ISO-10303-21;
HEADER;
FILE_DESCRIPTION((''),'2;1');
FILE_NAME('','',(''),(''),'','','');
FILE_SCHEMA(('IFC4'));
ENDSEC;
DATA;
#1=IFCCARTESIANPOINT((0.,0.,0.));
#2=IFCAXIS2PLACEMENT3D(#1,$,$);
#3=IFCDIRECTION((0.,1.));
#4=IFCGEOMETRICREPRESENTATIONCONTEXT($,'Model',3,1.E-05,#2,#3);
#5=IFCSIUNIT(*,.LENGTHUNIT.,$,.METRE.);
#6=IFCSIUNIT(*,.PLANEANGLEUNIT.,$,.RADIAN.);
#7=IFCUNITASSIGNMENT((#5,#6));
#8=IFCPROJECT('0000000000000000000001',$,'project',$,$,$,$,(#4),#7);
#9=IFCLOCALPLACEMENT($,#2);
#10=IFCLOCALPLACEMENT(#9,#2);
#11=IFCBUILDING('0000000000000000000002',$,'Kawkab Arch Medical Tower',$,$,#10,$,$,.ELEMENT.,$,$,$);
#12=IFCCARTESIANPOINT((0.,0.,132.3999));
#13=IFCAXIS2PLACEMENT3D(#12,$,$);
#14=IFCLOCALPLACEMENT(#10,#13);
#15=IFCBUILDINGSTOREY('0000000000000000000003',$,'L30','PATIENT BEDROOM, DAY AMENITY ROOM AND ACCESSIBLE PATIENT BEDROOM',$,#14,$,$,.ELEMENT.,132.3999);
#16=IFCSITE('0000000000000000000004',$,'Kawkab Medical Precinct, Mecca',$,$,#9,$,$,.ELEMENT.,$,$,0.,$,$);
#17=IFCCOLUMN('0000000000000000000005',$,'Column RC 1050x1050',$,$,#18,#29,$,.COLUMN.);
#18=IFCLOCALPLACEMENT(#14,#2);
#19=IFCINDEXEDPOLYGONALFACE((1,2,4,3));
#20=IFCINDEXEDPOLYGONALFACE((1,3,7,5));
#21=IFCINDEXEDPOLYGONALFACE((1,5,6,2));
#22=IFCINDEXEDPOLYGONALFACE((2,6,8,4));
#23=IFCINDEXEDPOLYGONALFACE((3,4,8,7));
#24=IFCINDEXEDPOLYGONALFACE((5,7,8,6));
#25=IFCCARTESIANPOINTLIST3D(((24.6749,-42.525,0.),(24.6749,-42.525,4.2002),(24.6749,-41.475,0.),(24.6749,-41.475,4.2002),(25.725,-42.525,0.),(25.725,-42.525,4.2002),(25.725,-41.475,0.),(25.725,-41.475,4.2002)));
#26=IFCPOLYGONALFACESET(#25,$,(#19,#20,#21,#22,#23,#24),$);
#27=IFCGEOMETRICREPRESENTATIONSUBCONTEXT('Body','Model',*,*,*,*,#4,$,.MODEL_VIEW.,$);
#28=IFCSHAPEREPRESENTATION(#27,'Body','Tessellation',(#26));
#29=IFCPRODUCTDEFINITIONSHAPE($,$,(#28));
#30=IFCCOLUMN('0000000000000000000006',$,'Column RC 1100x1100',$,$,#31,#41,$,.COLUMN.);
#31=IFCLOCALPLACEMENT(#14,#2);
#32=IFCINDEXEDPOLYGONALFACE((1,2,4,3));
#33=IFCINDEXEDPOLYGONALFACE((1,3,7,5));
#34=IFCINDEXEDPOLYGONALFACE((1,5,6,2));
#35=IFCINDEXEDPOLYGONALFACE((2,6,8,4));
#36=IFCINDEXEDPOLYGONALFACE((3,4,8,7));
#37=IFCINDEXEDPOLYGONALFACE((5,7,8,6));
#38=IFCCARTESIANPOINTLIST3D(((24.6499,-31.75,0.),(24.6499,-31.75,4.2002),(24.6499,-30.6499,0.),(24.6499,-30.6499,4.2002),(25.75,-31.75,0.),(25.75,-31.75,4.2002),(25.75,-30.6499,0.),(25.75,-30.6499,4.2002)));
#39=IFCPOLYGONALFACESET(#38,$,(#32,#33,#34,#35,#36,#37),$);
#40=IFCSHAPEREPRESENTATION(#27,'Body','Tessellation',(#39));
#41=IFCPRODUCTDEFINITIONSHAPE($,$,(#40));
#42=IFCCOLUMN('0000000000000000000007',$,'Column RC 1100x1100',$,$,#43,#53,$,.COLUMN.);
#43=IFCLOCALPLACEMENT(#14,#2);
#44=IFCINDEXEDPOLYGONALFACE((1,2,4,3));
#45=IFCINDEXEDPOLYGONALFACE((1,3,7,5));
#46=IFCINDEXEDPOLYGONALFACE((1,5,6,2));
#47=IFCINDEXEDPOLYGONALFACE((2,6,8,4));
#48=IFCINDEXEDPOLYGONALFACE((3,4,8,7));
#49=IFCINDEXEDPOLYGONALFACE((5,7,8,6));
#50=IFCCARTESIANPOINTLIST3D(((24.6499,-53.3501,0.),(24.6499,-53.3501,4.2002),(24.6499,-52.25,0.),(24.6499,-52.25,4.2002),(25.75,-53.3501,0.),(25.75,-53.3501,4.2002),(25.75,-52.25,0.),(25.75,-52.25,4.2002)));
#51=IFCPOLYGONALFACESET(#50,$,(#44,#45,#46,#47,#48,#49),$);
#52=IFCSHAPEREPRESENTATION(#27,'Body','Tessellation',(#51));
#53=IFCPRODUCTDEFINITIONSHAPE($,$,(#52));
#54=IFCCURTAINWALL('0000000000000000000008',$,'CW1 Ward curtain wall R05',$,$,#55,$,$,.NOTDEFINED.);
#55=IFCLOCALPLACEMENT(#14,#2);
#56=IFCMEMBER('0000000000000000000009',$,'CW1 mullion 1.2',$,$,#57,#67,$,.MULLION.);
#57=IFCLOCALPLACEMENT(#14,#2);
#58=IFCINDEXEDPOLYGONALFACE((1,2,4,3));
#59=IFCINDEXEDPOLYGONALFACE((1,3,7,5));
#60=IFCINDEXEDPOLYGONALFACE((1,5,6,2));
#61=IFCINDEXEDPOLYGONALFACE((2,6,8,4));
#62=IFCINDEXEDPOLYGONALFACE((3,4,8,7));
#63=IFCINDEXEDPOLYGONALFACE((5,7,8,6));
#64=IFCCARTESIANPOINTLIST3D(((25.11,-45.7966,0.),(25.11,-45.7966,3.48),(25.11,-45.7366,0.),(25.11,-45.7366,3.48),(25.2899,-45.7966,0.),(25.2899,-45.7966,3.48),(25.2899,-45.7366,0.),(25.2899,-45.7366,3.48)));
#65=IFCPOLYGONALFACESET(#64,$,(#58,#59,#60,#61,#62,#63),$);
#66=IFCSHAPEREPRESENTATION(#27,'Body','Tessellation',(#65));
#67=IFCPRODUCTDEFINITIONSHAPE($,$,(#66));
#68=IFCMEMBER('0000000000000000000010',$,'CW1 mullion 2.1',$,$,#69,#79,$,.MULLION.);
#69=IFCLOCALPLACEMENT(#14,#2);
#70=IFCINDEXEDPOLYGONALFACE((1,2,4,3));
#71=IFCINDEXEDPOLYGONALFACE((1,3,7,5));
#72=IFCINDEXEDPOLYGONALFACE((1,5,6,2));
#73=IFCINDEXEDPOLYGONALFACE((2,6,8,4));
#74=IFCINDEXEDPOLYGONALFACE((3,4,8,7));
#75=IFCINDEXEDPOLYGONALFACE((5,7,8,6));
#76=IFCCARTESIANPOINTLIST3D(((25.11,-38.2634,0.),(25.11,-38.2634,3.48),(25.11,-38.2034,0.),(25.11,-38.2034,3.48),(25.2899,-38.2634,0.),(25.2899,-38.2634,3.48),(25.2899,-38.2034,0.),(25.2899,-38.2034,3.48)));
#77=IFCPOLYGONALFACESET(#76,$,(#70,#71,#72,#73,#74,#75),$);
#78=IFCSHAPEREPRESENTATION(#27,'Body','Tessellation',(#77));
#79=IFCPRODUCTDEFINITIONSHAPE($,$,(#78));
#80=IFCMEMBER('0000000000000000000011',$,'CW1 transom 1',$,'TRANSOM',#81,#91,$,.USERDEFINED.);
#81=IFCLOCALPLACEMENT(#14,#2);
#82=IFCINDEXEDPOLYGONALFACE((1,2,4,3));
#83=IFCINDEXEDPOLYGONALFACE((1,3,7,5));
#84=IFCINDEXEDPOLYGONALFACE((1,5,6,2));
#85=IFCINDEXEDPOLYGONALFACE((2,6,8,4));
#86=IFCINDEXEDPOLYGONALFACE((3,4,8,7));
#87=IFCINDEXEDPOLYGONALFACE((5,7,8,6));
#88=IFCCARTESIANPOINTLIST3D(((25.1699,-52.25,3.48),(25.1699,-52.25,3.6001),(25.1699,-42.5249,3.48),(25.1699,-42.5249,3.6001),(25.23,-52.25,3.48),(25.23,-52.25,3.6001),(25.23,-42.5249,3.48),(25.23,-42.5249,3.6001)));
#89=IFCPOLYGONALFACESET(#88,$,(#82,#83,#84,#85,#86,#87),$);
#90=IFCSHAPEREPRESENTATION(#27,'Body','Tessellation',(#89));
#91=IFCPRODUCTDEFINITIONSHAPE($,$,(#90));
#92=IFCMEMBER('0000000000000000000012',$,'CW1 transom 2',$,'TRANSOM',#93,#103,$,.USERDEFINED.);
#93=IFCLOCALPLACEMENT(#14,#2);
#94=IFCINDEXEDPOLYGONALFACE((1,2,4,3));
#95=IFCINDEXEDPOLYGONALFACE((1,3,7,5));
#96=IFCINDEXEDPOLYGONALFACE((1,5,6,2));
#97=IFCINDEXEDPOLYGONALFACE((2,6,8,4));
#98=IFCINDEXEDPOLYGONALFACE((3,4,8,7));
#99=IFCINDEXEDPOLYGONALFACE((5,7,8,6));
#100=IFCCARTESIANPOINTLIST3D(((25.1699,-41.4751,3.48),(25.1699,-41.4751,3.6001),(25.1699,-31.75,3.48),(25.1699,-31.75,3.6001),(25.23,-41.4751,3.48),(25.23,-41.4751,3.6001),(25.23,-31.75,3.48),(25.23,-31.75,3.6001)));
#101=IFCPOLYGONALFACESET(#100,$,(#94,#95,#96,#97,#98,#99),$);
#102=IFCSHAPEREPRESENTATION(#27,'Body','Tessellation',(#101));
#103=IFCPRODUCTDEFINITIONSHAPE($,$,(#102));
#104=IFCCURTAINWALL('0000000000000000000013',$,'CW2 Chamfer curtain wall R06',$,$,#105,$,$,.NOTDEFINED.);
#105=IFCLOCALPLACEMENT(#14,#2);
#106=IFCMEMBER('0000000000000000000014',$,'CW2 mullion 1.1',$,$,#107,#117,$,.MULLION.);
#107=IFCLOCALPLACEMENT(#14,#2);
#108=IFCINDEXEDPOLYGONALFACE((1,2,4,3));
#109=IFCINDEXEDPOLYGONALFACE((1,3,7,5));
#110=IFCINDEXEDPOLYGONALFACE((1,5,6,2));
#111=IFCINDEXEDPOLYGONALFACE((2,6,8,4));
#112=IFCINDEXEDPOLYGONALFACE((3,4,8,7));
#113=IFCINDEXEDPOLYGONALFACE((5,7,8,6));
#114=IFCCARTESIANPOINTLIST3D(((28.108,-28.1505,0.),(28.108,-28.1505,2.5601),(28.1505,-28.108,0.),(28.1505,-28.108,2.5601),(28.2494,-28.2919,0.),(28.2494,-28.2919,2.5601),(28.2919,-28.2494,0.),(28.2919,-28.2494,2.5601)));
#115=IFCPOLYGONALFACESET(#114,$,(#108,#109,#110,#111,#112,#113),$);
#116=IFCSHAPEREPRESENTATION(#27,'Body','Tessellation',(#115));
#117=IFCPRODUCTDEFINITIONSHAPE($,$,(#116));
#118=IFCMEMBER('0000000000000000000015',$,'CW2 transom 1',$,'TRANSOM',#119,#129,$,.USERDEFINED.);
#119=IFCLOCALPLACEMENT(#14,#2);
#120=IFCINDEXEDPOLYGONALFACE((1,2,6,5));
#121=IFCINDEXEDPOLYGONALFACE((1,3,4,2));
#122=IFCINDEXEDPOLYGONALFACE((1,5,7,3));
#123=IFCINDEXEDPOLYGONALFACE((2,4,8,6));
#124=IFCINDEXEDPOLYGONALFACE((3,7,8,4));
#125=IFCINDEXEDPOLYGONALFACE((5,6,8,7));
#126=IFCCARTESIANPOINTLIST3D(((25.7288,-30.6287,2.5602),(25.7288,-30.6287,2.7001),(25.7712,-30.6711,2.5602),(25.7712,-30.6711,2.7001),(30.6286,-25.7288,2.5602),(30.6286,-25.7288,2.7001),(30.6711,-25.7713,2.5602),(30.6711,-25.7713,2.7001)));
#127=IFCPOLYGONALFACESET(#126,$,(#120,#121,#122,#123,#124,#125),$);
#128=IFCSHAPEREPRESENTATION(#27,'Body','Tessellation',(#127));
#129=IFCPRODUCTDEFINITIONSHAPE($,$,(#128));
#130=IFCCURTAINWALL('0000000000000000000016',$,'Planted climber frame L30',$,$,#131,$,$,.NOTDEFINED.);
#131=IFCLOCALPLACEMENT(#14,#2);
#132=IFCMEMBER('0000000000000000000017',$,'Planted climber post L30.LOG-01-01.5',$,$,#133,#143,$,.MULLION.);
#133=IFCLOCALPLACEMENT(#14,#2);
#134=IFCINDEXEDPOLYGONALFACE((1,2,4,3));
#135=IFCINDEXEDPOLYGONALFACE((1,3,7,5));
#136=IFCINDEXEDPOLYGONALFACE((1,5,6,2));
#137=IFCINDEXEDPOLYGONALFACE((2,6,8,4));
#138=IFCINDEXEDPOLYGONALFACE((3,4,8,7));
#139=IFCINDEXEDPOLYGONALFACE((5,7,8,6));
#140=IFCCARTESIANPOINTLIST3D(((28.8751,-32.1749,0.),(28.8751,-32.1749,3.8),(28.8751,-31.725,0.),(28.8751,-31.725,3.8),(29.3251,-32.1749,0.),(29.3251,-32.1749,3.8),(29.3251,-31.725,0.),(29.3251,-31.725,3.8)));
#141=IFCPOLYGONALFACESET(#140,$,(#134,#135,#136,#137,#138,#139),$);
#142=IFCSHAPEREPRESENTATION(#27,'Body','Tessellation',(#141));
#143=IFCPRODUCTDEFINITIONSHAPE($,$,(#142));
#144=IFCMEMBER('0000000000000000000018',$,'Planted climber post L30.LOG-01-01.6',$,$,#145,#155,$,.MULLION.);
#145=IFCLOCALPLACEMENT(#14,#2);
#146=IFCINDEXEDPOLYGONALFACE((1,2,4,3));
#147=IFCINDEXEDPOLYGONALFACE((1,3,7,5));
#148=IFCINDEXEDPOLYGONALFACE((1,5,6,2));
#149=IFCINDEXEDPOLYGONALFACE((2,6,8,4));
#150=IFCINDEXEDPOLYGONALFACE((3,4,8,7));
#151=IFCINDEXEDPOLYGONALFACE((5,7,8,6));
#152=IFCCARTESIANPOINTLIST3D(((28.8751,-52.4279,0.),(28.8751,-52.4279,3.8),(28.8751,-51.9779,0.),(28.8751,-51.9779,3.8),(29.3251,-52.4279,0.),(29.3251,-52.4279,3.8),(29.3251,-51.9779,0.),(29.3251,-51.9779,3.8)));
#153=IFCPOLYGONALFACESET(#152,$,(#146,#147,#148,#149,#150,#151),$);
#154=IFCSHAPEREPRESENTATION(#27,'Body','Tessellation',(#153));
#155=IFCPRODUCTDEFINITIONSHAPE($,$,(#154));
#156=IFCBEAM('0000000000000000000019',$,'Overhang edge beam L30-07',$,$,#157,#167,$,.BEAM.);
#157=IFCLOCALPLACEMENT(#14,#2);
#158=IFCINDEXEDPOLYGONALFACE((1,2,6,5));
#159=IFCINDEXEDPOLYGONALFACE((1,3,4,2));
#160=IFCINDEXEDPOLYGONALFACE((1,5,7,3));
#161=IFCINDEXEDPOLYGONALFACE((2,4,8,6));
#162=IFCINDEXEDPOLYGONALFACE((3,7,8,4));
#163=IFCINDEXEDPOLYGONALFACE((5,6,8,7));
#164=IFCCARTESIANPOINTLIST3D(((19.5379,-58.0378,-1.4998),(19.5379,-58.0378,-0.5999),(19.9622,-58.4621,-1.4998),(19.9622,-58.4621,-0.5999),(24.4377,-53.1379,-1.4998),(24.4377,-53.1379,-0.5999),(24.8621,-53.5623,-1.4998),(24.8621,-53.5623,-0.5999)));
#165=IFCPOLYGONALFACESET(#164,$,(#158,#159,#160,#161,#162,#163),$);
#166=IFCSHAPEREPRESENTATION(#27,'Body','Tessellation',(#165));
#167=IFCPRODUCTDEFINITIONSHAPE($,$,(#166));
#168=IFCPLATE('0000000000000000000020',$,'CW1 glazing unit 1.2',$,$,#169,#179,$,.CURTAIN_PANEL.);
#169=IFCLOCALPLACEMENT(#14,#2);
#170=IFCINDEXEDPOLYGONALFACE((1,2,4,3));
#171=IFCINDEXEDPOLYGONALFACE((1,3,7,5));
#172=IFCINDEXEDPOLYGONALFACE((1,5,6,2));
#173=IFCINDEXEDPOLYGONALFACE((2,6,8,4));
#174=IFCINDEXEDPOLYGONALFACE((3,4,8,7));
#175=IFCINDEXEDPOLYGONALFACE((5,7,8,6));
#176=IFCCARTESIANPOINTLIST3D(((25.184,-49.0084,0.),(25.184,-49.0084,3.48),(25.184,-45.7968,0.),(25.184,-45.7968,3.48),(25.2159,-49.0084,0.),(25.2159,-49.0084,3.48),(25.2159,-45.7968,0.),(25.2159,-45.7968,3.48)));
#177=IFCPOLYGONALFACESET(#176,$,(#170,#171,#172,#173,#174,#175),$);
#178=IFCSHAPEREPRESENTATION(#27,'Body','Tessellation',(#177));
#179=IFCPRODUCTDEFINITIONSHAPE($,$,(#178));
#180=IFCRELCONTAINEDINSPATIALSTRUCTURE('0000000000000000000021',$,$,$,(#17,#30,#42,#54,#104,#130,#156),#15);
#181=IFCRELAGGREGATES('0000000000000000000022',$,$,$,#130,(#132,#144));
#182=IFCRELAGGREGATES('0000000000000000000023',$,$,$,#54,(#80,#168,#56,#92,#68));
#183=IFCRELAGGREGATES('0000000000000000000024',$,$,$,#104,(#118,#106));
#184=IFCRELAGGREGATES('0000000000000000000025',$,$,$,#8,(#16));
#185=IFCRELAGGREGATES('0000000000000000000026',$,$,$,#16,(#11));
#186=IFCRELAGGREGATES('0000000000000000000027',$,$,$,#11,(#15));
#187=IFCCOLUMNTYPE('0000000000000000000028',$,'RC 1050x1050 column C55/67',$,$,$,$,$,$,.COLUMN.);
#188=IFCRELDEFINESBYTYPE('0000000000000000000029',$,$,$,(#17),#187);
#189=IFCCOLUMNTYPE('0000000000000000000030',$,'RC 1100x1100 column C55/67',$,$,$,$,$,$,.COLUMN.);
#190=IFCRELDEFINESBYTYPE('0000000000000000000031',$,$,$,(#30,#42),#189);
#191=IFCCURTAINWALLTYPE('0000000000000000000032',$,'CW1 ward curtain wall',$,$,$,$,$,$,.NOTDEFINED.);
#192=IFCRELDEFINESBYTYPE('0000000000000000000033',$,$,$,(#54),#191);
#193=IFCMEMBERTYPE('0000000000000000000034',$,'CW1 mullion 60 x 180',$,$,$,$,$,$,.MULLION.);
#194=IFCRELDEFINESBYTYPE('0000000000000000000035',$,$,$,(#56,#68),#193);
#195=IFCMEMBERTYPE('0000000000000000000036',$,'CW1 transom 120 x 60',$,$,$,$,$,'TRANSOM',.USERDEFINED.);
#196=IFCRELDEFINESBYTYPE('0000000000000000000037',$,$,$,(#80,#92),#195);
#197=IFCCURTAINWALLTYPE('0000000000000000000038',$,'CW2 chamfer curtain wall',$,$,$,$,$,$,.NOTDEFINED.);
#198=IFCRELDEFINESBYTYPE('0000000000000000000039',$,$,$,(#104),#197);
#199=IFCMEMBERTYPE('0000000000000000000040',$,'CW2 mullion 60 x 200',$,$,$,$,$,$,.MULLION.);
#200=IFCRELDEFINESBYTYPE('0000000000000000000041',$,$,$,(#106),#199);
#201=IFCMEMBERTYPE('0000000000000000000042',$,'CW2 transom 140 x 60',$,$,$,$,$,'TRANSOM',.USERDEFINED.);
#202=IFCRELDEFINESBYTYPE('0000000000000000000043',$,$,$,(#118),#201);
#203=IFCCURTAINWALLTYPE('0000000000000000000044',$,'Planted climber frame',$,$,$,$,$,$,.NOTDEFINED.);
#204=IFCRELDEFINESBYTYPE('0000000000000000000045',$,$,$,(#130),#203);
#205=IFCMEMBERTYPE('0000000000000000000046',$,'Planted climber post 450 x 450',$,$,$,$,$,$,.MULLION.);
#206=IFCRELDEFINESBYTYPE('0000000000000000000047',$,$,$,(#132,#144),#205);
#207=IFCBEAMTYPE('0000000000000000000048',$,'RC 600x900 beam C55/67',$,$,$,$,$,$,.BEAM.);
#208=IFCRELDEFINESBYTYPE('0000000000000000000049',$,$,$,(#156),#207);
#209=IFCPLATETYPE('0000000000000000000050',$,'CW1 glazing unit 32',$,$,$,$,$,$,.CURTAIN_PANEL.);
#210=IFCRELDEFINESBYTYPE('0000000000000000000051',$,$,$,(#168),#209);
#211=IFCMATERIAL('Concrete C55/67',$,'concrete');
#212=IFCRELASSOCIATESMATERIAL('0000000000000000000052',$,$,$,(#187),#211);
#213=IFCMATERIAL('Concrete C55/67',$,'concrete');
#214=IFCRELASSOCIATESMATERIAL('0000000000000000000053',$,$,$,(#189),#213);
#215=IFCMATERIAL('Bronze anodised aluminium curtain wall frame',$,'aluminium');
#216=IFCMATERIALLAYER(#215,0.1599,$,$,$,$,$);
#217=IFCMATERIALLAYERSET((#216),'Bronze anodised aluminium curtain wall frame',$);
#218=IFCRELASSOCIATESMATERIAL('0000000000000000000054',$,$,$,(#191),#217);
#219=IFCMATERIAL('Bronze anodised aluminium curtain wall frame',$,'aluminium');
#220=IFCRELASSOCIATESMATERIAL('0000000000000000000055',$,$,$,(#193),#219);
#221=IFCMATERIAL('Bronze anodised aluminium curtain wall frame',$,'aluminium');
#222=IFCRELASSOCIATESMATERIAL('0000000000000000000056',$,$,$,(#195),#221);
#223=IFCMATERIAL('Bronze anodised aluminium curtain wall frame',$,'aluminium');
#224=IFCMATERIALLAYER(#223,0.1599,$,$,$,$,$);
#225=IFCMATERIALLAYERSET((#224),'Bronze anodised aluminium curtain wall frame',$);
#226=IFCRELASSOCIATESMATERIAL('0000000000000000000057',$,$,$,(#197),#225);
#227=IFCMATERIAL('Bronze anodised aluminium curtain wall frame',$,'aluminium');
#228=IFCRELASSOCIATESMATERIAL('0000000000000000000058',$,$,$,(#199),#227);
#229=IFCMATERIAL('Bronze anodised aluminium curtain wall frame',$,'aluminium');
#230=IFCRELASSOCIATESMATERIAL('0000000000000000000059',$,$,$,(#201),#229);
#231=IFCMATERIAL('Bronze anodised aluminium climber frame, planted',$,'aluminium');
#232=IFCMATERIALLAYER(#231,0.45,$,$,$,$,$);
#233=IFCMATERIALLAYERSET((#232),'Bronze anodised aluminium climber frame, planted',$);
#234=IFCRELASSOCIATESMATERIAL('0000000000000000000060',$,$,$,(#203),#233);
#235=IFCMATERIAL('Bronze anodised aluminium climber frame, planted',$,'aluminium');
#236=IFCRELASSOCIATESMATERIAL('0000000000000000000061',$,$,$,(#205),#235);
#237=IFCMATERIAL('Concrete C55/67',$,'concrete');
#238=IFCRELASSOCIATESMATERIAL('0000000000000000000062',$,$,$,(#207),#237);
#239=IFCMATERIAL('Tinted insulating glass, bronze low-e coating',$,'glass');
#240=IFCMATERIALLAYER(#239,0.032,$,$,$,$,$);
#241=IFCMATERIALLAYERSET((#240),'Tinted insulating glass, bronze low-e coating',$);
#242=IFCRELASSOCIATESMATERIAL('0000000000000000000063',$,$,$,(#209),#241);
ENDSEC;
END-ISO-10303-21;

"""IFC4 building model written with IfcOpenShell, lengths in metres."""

from ifc_helpers import new_model, si_unit, direction, frame, origin, origin_2d, place, context, subcontext, project, spatial, rectangle, extrude, material, layer, layer_set, material_profile, profile_set, type_object, element, aggregate, save


model = new_model("IFC4")

# Units and contexts
model_context = context("Model", 3, precision=1e-05, world=origin(), true_north=direction((0.0, 1.0)))
body_context = subcontext(model_context, "Body", "Model", "MODEL_VIEW")
ifc_project = project(units=[si_unit("LENGTHUNIT", "METRE"), si_unit("PLANEANGLEUNIT", "RADIAN")], contexts=[model_context])

# Site, building, storey
site_placement = place(None, origin())
site = spatial("IfcSite", under=ifc_project, at=site_placement, Name="Kawkab Medical Precinct, Mecca", CompositionType="ELEMENT", RefElevation=0.0)
building_placement = place(site_placement, origin())
building = spatial("IfcBuilding", under=site, at=building_placement, Name="Kawkab Arch Medical Tower", CompositionType="ELEMENT")
storey_placement = place(building_placement, frame((0.0, 0.0, 132.3999)))
storey = spatial("IfcBuildingStorey", under=building, at=storey_placement, Name="L30", Description="PATIENT BEDROOM, DAY AMENITY ROOM AND ACCESSIBLE PATIENT BEDROOM", CompositionType="ELEMENT", Elevation=132.3999)

# Columns
ifc_material_1 = material(Name="Concrete C55/67", Category="concrete")
ifc_material_profile_1 = material_profile(ifc_material_1, rectangle(XDim=1.05, YDim=1.05, at=origin_2d()), Name="RC 1050x1050")
ifc_profile_set_1 = profile_set([ifc_material_profile_1], Name="Concrete C55/67")
column_type_1 = type_object("IfcColumnType", Name="RC 1050x1050 column C55/67", PredefinedType="COLUMN", material=ifc_profile_set_1)
column_placement = place(storey_placement, frame((25.2, -42.0, 0.0), z_axis=(0.0, 0.0, 1.0), x_axis=(1.0, 0.0, 0.0)))
element("IfcColumn", 1, at=column_placement, inside=storey, type_object=column_type_1, Name="Column RC 1050x1050", PredefinedType="COLUMN", context=body_context, shape_type="SweptSolid", body=[
    extrude(rectangle(XDim=1.05, YDim=1.05, at=origin_2d()), origin(), (0.0, 0.0, 1.0), 4.2002),
])
ifc_material_2 = material(Name="Concrete C55/67", Category="concrete")
ifc_material_profile_2 = material_profile(ifc_material_2, rectangle(XDim=1.1001, YDim=1.1001, at=origin_2d()), Name="RC 1100x1100")
ifc_profile_set_2 = profile_set([ifc_material_profile_2], Name="Concrete C55/67")
column_type_2 = type_object("IfcColumnType", Name="RC 1100x1100 column C55/67", PredefinedType="COLUMN", material=ifc_profile_set_2)
for number, where, z_axis, x_axis, name in (
    (2, (25.2, -31.2, 0.0), (0.0, 0.0, 1.0), (1.0, 0.0, 0.0), "Column RC 1100x1100"),
    (3, (25.2, -52.8, 0.0), (0.0, 0.0, 1.0), (1.0, 0.0, 0.0), "Column RC 1100x1100"),
):
    element("IfcColumn", number, at=place(storey_placement, frame(where, z_axis=z_axis, x_axis=x_axis)), inside=storey, type_object=column_type_2, Name=name, PredefinedType="COLUMN", context=body_context, shape_type="SweptSolid", body=[
        extrude(rectangle(XDim=1.1001, YDim=1.1001, at=origin_2d()), origin(), (0.0, 0.0, 1.0), 4.2002),
    ])

# Curtain walls, members
ifc_material_3 = material(Name="Bronze anodised aluminium curtain wall frame", Category="aluminium")
ifc_layer_1 = layer(ifc_material_3, 0.1599)
ifc_layer_set_1 = layer_set([ifc_layer_1], Name="Bronze anodised aluminium curtain wall frame")
curtain_wall_type_1 = type_object("IfcCurtainWallType", Name="CW1 ward curtain wall", PredefinedType="NOTDEFINED", material=ifc_layer_set_1)
placement = place(storey_placement, origin())
curtain_wall_1 = element("IfcCurtainWall", 4, at=placement, inside=storey, type_object=curtain_wall_type_1, Name="CW1 Ward curtain wall R05", PredefinedType="NOTDEFINED")
ifc_material_4 = material(Name="Bronze anodised aluminium curtain wall frame", Category="aluminium")
ifc_material_profile_3 = material_profile(ifc_material_4, rectangle(XDim=0.1799, YDim=0.0601, at=origin_2d()), Name="AL 60x180")
ifc_profile_set_3 = profile_set([ifc_material_profile_3], Name="Bronze anodised aluminium curtain wall frame")
member_type_1 = type_object("IfcMemberType", Name="CW1 mullion 60 x 180", PredefinedType="MULLION", material=ifc_profile_set_3)
member_1_placement = place(storey_placement, frame((25.2, -45.7666, 0.0), z_axis=(0.0, 0.0, 1.0), x_axis=(-1.0, 0.0, 0.0)))
member_1 = element("IfcMember", 5, at=member_1_placement, type_object=member_type_1, Name="CW1 mullion 1.2", PredefinedType="MULLION", context=body_context, shape_type="SweptSolid", body=[
    extrude(rectangle(XDim=0.1799, YDim=0.0601, at=origin_2d()), origin(), (0.0, 0.0, 1.0), 3.48),
])
member_2_placement = place(storey_placement, frame((25.2, -38.2334, 0.0), z_axis=(0.0, 0.0, 1.0), x_axis=(-1.0, 0.0, 0.0)))
member_2 = element("IfcMember", 6, at=member_2_placement, type_object=member_type_1, Name="CW1 mullion 2.1", PredefinedType="MULLION", context=body_context, shape_type="SweptSolid", body=[
    extrude(rectangle(XDim=0.1799, YDim=0.0601, at=origin_2d()), origin(), (0.0, 0.0, 1.0), 3.48),
])
ifc_material_5 = material(Name="Bronze anodised aluminium curtain wall frame", Category="aluminium")
ifc_material_profile_4 = material_profile(ifc_material_5, rectangle(XDim=0.0601, YDim=0.1201, at=origin_2d()), Name="AL 60x120")
ifc_profile_set_4 = profile_set([ifc_material_profile_4], Name="Bronze anodised aluminium curtain wall frame")
member_type_2 = type_object("IfcMemberType", Name="CW1 transom 120 x 60", ElementType="TRANSOM", PredefinedType="USERDEFINED", material=ifc_profile_set_4)
member_3_placement = place(storey_placement, frame((25.2, -52.25, 3.54), z_axis=(0.0, 1.0, 0.0), x_axis=(-1.0, 0.0, 0.0)))
member_3 = element("IfcMember", 7, at=member_3_placement, type_object=member_type_2, Name="CW1 transom 1", ObjectType="TRANSOM", PredefinedType="USERDEFINED", context=body_context, shape_type="SweptSolid", body=[
    extrude(rectangle(XDim=0.0601, YDim=0.1201, at=origin_2d()), origin(), (0.0, 0.0, 1.0), 9.7251),
])
member_4_placement = place(storey_placement, frame((25.2, -41.4751, 3.54), z_axis=(0.0, 1.0, 0.0), x_axis=(-1.0, 0.0, 0.0)))
member_4 = element("IfcMember", 8, at=member_4_placement, type_object=member_type_2, Name="CW1 transom 2", ObjectType="TRANSOM", PredefinedType="USERDEFINED", context=body_context, shape_type="SweptSolid", body=[
    extrude(rectangle(XDim=0.0601, YDim=0.1201, at=origin_2d()), origin(), (0.0, 0.0, 1.0), 9.7251),
])
ifc_material_6 = material(Name="Bronze anodised aluminium curtain wall frame", Category="aluminium")
ifc_layer_2 = layer(ifc_material_6, 0.1599)
ifc_layer_set_2 = layer_set([ifc_layer_2], Name="Bronze anodised aluminium curtain wall frame")
curtain_wall_type_2 = type_object("IfcCurtainWallType", Name="CW2 chamfer curtain wall", PredefinedType="NOTDEFINED", material=ifc_layer_set_2)
curtain_wall_2 = element("IfcCurtainWall", 9, at=placement, inside=storey, type_object=curtain_wall_type_2, Name="CW2 Chamfer curtain wall R06", PredefinedType="NOTDEFINED")
ifc_material_7 = material(Name="Bronze anodised aluminium curtain wall frame", Category="aluminium")
ifc_material_profile_5 = material_profile(ifc_material_7, rectangle(XDim=0.2, YDim=0.0601, at=origin_2d()), Name="AL 60x200")
ifc_profile_set_5 = profile_set([ifc_material_profile_5], Name="Bronze anodised aluminium curtain wall frame")
member_type_3 = type_object("IfcMemberType", Name="CW2 mullion 60 x 200", PredefinedType="MULLION", material=ifc_profile_set_5)
member_5_placement = place(storey_placement, frame((28.2, -28.2, 0.0), z_axis=(0.0, 0.0, 1.0), x_axis=(-0.707107, 0.707107, 0.0)))
member_5 = element("IfcMember", 10, at=member_5_placement, type_object=member_type_3, Name="CW2 mullion 1.1", PredefinedType="MULLION", context=body_context, shape_type="SweptSolid", body=[
    extrude(rectangle(XDim=0.2, YDim=0.0601, at=origin_2d()), origin(), (0.0, 0.0, 1.0), 2.5601),
])
ifc_material_8 = material(Name="Bronze anodised aluminium curtain wall frame", Category="aluminium")
ifc_material_profile_6 = material_profile(ifc_material_8, rectangle(XDim=0.0601, YDim=0.1399, at=origin_2d()), Name="AL 60x140")
ifc_profile_set_6 = profile_set([ifc_material_profile_6], Name="Bronze anodised aluminium curtain wall frame")
member_type_4 = type_object("IfcMemberType", Name="CW2 transom 140 x 60", ElementType="TRANSOM", PredefinedType="USERDEFINED", material=ifc_profile_set_6)
member_6_placement = place(storey_placement, frame((25.75, -30.6499, 2.6301), z_axis=(0.707107, 0.707107, 0.0), x_axis=(-0.707107, 0.707107, 0.0)))
member_6 = element("IfcMember", 11, at=member_6_placement, type_object=member_type_4, Name="CW2 transom 1", ObjectType="TRANSOM", PredefinedType="USERDEFINED", context=body_context, shape_type="SweptSolid", body=[
    extrude(rectangle(XDim=0.0601, YDim=0.1399, at=origin_2d()), origin(), (0.0, 0.0, 1.0), 6.9294),
])
ifc_material_9 = material(Name="Bronze anodised aluminium climber frame, planted", Category="aluminium")
ifc_layer_3 = layer(ifc_material_9, 0.45)
ifc_layer_set_3 = layer_set([ifc_layer_3], Name="Bronze anodised aluminium climber frame, planted")
curtain_wall_type_3 = type_object("IfcCurtainWallType", Name="Planted climber frame", PredefinedType="NOTDEFINED", material=ifc_layer_set_3)
curtain_wall_3 = element("IfcCurtainWall", 12, at=placement, inside=storey, type_object=curtain_wall_type_3, Name="Planted climber frame L30", PredefinedType="NOTDEFINED")
ifc_material_10 = material(Name="Bronze anodised aluminium climber frame, planted", Category="aluminium")
ifc_material_profile_7 = material_profile(ifc_material_10, rectangle(XDim=0.45, YDim=0.45, at=origin_2d()), Name="Post 450x450")
ifc_profile_set_7 = profile_set([ifc_material_profile_7], Name="Bronze anodised aluminium climber frame, planted")
member_type_5 = type_object("IfcMemberType", Name="Planted climber post 450 x 450", PredefinedType="MULLION", material=ifc_profile_set_7)
member_7_placement = place(storey_placement, frame((29.1001, -31.95, 0.0), z_axis=(0.0, 0.0, 1.0), x_axis=(1.0, 0.0, 0.0)))
member_7 = element("IfcMember", 13, at=member_7_placement, type_object=member_type_5, Name="Planted climber post L30.LOG-01-01.5", PredefinedType="MULLION", context=body_context, shape_type="SweptSolid", body=[
    extrude(rectangle(XDim=0.45, YDim=0.45, at=origin_2d()), origin(), (0.0, 0.0, 1.0), 3.8),
])
member_8_placement = place(storey_placement, frame((29.1001, -52.2029, 0.0), z_axis=(0.0, 0.0, 1.0), x_axis=(1.0, 0.0, 0.0)))
member_8 = element("IfcMember", 14, at=member_8_placement, type_object=member_type_5, Name="Planted climber post L30.LOG-01-01.6", PredefinedType="MULLION", context=body_context, shape_type="SweptSolid", body=[
    extrude(rectangle(XDim=0.45, YDim=0.45, at=origin_2d()), origin(), (0.0, 0.0, 1.0), 3.8),
])
aggregate(curtain_wall_3, [member_7, member_8])

# Beam
ifc_material_11 = material(Name="Concrete C55/67", Category="concrete")
ifc_material_profile_8 = material_profile(ifc_material_11, rectangle(XDim=0.6001, YDim=0.8999, at=origin_2d()), Name="RC 600x900")
ifc_profile_set_8 = profile_set([ifc_material_profile_8], Name="Concrete C55/67")
beam_type = type_object("IfcBeamType", Name="RC 600x900 beam C55/67", PredefinedType="BEAM", material=ifc_profile_set_8)
beam_placement = place(storey_placement, frame((24.6499, -53.3501, -1.0498), z_axis=(-0.707107, -0.707107, 0.0), x_axis=(0.707107, -0.707107, 0.0)))
element("IfcBeam", 15, at=beam_placement, inside=storey, type_object=beam_type, Name="Overhang edge beam L30-07", PredefinedType="BEAM", context=body_context, shape_type="SweptSolid", body=[
    extrude(rectangle(XDim=0.6001, YDim=0.8999, at=origin_2d()), origin(), (0.0, 0.0, 1.0), 6.9294),
])

# Plate
ifc_material_12 = material(Name="Tinted insulating glass, bronze low-e coating", Category="glass")
ifc_layer_4 = layer(ifc_material_12, 0.032)
ifc_layer_set_4 = layer_set([ifc_layer_4], Name="Tinted insulating glass, bronze low-e coating")
plate_type_1 = type_object("IfcPlateType", Name="CW1 glazing unit 32", PredefinedType="CURTAIN_PANEL", material=ifc_layer_set_4)
plate_1_placement = place(storey_placement, frame((25.2, -47.4026, 0.0), z_axis=(0.0, 0.0, 1.0), x_axis=(0.0, 1.0, 0.0)))
plate_1 = element("IfcPlate", 16, at=plate_1_placement, type_object=plate_type_1, Name="CW1 glazing unit 1.2", PredefinedType="CURTAIN_PANEL", context=body_context, shape_type="SweptSolid", body=[
    extrude(rectangle(XDim=3.2117, YDim=0.032, at=origin_2d()), origin(), (0.0, 0.0, 1.0), 3.48),
])
aggregate(curtain_wall_1, [member_3, plate_1, member_1, member_4, member_2])
aggregate(curtain_wall_2, [member_6, member_5])

save(model, "model.ifc")
